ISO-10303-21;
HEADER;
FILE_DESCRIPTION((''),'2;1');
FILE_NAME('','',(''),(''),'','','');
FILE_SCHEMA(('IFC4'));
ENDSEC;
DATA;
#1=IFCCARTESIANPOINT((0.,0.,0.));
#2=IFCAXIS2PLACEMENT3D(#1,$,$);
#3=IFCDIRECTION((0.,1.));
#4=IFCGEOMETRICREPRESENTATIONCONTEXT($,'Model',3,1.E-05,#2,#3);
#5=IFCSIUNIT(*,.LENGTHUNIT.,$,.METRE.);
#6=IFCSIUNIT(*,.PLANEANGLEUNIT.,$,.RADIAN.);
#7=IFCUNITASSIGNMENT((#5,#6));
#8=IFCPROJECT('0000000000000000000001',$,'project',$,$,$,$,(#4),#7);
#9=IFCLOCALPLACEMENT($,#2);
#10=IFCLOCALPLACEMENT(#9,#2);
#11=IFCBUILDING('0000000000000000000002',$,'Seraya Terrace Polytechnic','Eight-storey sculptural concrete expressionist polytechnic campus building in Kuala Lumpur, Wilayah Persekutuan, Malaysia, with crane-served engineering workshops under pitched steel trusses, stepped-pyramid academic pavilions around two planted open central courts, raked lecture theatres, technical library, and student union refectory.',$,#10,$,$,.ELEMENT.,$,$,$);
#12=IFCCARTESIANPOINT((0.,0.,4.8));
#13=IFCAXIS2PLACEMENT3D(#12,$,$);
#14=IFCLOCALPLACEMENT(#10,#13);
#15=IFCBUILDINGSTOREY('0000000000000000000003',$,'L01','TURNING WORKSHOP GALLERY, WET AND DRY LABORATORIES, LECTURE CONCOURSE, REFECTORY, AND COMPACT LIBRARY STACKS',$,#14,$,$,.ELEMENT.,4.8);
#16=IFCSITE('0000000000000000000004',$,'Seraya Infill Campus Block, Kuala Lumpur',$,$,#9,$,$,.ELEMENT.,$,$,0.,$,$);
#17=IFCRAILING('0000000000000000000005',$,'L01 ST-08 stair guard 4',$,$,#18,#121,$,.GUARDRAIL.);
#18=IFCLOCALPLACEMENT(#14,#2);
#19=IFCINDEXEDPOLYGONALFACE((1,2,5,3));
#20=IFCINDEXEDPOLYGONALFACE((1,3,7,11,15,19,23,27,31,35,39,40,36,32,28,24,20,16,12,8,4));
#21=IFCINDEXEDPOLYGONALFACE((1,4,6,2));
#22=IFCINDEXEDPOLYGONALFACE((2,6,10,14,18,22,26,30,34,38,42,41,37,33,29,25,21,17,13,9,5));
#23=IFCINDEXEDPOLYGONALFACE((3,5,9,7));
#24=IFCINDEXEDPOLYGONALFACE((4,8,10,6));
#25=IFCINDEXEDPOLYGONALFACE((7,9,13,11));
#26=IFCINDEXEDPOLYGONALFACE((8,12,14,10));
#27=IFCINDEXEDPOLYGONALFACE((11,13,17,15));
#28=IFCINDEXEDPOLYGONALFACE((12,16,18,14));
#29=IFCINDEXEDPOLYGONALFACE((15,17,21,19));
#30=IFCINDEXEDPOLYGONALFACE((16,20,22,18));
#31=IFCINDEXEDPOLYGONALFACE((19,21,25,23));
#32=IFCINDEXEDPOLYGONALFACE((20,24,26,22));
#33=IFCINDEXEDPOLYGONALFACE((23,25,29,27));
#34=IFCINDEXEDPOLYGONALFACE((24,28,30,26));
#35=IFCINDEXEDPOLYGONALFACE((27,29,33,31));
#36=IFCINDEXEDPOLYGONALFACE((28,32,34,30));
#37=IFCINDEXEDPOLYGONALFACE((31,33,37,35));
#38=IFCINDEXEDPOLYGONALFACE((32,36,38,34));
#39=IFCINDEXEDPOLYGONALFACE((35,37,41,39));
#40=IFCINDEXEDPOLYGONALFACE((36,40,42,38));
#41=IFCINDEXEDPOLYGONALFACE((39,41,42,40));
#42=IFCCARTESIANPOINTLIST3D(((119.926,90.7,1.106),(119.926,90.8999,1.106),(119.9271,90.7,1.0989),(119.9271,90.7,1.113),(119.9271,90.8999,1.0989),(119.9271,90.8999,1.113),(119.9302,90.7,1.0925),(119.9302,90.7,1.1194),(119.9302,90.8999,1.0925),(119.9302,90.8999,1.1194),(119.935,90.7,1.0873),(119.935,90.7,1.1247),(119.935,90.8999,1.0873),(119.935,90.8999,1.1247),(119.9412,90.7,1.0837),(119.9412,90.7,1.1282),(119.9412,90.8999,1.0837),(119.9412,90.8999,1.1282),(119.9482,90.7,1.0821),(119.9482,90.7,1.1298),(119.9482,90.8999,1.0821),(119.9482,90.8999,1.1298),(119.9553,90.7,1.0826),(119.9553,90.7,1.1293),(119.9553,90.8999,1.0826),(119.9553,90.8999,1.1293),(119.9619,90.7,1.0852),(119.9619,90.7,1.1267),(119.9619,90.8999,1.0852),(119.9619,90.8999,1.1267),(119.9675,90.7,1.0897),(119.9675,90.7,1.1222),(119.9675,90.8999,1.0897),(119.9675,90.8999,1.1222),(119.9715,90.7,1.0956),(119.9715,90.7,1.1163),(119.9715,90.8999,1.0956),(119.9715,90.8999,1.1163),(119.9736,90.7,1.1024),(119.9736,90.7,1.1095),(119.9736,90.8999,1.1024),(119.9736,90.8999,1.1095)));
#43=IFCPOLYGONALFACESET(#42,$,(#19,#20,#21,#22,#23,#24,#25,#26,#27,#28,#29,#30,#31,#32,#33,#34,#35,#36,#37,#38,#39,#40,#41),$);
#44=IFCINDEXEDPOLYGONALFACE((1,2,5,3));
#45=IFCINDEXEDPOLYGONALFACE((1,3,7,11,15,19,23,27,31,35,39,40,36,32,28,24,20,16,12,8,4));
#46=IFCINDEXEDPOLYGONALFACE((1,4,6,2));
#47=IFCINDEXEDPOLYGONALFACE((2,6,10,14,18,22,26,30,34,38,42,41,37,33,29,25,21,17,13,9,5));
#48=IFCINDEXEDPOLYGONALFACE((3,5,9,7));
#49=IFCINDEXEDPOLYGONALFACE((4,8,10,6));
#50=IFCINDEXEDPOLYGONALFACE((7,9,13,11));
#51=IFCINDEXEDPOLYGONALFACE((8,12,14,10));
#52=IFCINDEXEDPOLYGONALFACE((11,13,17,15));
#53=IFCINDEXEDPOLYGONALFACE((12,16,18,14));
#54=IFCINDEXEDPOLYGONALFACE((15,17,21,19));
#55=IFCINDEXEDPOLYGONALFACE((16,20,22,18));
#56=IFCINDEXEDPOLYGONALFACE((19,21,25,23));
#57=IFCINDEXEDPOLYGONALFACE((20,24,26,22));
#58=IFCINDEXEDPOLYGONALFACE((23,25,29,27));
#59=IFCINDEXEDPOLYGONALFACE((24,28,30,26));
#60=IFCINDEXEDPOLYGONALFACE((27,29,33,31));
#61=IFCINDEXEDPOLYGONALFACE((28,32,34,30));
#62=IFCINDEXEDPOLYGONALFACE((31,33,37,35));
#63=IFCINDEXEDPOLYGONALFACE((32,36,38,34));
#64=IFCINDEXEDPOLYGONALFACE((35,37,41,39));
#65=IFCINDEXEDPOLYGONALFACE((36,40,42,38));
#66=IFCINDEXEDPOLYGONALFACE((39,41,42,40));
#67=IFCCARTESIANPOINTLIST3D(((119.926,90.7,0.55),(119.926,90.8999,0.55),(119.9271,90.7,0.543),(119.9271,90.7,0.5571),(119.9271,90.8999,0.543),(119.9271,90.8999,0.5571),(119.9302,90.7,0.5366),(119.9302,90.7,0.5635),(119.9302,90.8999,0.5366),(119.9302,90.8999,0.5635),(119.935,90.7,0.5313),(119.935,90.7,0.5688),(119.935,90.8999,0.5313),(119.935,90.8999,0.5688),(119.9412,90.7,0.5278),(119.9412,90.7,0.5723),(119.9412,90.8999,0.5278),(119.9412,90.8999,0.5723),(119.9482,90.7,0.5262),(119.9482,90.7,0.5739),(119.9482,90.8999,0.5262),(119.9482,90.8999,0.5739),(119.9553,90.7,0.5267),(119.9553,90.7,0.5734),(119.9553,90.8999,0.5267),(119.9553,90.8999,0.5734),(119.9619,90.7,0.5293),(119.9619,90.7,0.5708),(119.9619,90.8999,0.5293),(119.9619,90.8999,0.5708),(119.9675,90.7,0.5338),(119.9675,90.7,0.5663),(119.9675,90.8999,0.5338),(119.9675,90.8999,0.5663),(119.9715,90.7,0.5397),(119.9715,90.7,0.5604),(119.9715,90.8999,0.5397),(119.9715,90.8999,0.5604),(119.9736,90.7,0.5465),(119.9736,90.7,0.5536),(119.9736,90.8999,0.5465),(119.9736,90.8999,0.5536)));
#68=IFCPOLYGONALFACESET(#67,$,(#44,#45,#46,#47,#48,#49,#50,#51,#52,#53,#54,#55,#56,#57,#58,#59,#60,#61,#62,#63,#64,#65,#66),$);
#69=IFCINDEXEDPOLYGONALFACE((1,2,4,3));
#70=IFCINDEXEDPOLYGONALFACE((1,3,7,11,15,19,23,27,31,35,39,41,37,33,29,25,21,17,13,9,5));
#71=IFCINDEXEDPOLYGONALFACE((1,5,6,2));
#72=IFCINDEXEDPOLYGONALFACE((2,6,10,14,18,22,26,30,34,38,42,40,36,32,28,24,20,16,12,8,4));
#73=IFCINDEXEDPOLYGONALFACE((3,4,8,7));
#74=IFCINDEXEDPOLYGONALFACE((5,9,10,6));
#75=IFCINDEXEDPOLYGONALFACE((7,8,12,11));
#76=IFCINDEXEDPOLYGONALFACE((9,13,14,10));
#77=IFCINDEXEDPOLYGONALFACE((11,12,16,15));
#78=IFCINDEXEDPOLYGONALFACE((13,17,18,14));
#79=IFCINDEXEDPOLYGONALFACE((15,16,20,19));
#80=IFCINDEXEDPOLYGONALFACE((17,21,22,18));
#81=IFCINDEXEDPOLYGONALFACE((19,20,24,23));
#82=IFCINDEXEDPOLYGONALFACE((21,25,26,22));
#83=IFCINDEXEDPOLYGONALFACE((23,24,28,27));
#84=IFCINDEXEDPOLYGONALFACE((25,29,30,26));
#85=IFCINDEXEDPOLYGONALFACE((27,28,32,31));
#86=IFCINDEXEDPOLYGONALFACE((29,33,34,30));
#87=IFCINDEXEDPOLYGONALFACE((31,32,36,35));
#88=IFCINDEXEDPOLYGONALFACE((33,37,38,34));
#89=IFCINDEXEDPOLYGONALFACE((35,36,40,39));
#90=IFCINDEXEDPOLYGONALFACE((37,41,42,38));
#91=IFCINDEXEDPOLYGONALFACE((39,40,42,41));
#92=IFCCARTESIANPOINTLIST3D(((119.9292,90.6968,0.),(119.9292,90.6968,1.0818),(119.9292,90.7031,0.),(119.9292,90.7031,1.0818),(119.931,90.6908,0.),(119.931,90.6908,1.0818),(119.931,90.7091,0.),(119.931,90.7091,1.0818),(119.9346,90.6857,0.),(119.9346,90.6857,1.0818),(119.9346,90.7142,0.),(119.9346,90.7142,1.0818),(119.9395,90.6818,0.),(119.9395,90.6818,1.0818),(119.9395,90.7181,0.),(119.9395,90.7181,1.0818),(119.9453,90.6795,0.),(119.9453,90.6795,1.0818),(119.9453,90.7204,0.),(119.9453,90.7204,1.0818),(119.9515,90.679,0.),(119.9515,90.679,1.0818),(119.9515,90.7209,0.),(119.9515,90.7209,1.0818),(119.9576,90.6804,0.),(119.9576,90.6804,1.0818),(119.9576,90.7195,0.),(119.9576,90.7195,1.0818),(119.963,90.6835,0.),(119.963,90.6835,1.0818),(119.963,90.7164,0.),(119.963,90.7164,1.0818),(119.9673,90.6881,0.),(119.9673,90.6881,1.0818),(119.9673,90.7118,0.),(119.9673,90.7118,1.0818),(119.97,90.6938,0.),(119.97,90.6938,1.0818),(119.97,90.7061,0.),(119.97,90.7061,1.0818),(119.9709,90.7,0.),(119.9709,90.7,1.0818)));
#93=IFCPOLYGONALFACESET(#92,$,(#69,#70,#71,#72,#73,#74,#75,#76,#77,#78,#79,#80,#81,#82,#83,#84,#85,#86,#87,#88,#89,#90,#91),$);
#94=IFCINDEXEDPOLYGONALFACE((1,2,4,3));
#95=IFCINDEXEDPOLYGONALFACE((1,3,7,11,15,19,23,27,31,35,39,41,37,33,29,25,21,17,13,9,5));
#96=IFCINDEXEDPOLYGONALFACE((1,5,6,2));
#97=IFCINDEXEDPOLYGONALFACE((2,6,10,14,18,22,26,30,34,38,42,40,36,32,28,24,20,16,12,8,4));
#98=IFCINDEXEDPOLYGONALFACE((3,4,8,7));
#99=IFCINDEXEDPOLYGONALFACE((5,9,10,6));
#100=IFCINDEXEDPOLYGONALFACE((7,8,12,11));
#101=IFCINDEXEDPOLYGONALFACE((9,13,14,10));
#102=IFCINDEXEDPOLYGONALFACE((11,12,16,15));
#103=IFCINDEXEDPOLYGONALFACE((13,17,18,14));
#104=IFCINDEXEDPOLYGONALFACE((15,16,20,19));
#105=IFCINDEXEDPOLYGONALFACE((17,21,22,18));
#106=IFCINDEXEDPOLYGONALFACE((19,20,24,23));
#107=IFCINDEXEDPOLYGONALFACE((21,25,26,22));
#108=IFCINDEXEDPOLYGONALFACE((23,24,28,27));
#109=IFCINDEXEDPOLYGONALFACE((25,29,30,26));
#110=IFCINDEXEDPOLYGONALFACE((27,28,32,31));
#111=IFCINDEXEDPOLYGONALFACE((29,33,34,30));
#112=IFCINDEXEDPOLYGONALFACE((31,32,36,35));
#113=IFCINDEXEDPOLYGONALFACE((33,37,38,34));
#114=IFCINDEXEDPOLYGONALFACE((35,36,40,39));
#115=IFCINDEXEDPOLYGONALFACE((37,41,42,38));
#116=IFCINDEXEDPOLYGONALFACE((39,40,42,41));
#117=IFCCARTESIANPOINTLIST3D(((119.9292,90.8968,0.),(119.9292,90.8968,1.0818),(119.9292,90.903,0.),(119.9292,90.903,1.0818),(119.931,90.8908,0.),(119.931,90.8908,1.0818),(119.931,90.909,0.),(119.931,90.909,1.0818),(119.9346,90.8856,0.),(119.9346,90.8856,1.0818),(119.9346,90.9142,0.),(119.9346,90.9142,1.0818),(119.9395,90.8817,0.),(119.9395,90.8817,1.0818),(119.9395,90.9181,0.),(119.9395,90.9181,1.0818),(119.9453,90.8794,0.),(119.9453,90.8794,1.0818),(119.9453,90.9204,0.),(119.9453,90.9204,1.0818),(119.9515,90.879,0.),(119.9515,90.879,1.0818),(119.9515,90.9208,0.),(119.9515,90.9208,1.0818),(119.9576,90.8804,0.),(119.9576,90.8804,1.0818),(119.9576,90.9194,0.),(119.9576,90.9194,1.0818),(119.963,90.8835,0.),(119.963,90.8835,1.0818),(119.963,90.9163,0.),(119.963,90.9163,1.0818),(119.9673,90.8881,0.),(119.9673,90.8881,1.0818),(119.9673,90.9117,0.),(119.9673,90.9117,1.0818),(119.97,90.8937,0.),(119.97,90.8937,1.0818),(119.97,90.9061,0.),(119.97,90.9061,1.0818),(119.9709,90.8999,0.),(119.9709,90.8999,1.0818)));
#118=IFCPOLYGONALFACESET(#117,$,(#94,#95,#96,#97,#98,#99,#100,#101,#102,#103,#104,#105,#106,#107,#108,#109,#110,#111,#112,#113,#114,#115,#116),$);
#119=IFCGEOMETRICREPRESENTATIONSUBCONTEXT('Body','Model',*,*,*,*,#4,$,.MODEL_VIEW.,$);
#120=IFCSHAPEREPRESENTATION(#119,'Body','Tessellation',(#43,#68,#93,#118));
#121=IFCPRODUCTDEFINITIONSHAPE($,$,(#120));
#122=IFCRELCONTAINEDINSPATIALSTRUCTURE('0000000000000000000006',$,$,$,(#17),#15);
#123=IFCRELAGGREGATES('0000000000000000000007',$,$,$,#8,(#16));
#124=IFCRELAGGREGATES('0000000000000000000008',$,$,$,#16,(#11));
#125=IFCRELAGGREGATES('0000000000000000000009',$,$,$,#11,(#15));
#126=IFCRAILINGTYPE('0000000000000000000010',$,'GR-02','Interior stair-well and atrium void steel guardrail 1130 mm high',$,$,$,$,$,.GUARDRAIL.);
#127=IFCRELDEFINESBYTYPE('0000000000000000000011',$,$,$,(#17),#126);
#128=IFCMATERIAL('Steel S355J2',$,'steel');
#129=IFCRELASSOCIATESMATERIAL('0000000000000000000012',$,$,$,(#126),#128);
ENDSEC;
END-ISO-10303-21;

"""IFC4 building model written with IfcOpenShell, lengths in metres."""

from ifc_helpers import new_model, si_unit, direction, frame, origin, origin_2d, place, context, subcontext, project, spatial, circle, extrude, material, type_object, element, save


model = new_model("IFC4")

# Units and contexts
model_context = context("Model", 3, precision=1e-05, world=origin(), true_north=direction((0.0, 1.0)))
body_context = subcontext(model_context, "Body", "Model", "MODEL_VIEW")
ifc_project = project(units=[si_unit("LENGTHUNIT", "METRE"), si_unit("PLANEANGLEUNIT", "RADIAN")], contexts=[model_context])

# Site, building, storey
site_placement = place(None, origin())
site = spatial("IfcSite", under=ifc_project, at=site_placement, Name="Seraya Infill Campus Block, Kuala Lumpur", CompositionType="ELEMENT", RefElevation=0.0)
building_placement = place(site_placement, origin())
building = spatial("IfcBuilding", under=site, at=building_placement, Name="Seraya Terrace Polytechnic", Description="Eight-storey sculptural concrete expressionist polytechnic campus building in Kuala Lumpur, Wilayah Persekutuan, Malaysia, with crane-served engineering workshops under pitched steel trusses, stepped-pyramid academic pavilions around two planted open central courts, raked lecture theatres, technical library, and student union refectory.", CompositionType="ELEMENT")
storey_placement = place(building_placement, frame((0.0, 0.0, 4.8)))
storey = spatial("IfcBuildingStorey", under=building, at=storey_placement, Name="L01", Description="TURNING WORKSHOP GALLERY, WET AND DRY LABORATORIES, LECTURE CONCOURSE, REFECTORY, AND COMPACT LIBRARY STACKS", CompositionType="ELEMENT", Elevation=4.8)

# Shared definitions
ifc_material_1 = material(Name="Steel S355J2", Category="steel")

# Railing
railing_type_1 = type_object("IfcRailingType", Name="GR-02", Description="Interior stair-well and atrium void steel guardrail 1130 mm high", PredefinedType="GUARDRAIL", material=ifc_material_1)
railing_1_placement = place(storey_placement, frame((119.95, 90.7, 0.0)))
element("IfcRailing", 1, at=railing_1_placement, inside=storey, type_object=railing_type_1, Name="L01 ST-08 stair guard 4", PredefinedType="GUARDRAIL", context=body_context, shape_type="SweptSolid", body=[
    extrude(circle(Radius=0.0239, at=origin_2d()), frame((0.0, 0.0, 1.106), z_axis=(0.0, 1.0, 0.0), x_axis=(-1.0, 0.0, 0.0)), (0.0, 0.0, 1.0), 0.2),
    extrude(circle(Radius=0.0239, at=origin_2d()), frame((0.0, 0.0, 0.55), z_axis=(0.0, 1.0, 0.0), x_axis=(-1.0, 0.0, 0.0)), (0.0, 0.0, 1.0), 0.2),
    extrude(circle(Radius=0.021, at=origin_2d()), origin(), (0.0, 0.0, 1.0), 1.0818),
    extrude(circle(Radius=0.021, at=origin_2d()), frame((0.0, 0.2, 0.0)), (0.0, 0.0, 1.0), 1.0818),
])

save(model, "model.ifc")
